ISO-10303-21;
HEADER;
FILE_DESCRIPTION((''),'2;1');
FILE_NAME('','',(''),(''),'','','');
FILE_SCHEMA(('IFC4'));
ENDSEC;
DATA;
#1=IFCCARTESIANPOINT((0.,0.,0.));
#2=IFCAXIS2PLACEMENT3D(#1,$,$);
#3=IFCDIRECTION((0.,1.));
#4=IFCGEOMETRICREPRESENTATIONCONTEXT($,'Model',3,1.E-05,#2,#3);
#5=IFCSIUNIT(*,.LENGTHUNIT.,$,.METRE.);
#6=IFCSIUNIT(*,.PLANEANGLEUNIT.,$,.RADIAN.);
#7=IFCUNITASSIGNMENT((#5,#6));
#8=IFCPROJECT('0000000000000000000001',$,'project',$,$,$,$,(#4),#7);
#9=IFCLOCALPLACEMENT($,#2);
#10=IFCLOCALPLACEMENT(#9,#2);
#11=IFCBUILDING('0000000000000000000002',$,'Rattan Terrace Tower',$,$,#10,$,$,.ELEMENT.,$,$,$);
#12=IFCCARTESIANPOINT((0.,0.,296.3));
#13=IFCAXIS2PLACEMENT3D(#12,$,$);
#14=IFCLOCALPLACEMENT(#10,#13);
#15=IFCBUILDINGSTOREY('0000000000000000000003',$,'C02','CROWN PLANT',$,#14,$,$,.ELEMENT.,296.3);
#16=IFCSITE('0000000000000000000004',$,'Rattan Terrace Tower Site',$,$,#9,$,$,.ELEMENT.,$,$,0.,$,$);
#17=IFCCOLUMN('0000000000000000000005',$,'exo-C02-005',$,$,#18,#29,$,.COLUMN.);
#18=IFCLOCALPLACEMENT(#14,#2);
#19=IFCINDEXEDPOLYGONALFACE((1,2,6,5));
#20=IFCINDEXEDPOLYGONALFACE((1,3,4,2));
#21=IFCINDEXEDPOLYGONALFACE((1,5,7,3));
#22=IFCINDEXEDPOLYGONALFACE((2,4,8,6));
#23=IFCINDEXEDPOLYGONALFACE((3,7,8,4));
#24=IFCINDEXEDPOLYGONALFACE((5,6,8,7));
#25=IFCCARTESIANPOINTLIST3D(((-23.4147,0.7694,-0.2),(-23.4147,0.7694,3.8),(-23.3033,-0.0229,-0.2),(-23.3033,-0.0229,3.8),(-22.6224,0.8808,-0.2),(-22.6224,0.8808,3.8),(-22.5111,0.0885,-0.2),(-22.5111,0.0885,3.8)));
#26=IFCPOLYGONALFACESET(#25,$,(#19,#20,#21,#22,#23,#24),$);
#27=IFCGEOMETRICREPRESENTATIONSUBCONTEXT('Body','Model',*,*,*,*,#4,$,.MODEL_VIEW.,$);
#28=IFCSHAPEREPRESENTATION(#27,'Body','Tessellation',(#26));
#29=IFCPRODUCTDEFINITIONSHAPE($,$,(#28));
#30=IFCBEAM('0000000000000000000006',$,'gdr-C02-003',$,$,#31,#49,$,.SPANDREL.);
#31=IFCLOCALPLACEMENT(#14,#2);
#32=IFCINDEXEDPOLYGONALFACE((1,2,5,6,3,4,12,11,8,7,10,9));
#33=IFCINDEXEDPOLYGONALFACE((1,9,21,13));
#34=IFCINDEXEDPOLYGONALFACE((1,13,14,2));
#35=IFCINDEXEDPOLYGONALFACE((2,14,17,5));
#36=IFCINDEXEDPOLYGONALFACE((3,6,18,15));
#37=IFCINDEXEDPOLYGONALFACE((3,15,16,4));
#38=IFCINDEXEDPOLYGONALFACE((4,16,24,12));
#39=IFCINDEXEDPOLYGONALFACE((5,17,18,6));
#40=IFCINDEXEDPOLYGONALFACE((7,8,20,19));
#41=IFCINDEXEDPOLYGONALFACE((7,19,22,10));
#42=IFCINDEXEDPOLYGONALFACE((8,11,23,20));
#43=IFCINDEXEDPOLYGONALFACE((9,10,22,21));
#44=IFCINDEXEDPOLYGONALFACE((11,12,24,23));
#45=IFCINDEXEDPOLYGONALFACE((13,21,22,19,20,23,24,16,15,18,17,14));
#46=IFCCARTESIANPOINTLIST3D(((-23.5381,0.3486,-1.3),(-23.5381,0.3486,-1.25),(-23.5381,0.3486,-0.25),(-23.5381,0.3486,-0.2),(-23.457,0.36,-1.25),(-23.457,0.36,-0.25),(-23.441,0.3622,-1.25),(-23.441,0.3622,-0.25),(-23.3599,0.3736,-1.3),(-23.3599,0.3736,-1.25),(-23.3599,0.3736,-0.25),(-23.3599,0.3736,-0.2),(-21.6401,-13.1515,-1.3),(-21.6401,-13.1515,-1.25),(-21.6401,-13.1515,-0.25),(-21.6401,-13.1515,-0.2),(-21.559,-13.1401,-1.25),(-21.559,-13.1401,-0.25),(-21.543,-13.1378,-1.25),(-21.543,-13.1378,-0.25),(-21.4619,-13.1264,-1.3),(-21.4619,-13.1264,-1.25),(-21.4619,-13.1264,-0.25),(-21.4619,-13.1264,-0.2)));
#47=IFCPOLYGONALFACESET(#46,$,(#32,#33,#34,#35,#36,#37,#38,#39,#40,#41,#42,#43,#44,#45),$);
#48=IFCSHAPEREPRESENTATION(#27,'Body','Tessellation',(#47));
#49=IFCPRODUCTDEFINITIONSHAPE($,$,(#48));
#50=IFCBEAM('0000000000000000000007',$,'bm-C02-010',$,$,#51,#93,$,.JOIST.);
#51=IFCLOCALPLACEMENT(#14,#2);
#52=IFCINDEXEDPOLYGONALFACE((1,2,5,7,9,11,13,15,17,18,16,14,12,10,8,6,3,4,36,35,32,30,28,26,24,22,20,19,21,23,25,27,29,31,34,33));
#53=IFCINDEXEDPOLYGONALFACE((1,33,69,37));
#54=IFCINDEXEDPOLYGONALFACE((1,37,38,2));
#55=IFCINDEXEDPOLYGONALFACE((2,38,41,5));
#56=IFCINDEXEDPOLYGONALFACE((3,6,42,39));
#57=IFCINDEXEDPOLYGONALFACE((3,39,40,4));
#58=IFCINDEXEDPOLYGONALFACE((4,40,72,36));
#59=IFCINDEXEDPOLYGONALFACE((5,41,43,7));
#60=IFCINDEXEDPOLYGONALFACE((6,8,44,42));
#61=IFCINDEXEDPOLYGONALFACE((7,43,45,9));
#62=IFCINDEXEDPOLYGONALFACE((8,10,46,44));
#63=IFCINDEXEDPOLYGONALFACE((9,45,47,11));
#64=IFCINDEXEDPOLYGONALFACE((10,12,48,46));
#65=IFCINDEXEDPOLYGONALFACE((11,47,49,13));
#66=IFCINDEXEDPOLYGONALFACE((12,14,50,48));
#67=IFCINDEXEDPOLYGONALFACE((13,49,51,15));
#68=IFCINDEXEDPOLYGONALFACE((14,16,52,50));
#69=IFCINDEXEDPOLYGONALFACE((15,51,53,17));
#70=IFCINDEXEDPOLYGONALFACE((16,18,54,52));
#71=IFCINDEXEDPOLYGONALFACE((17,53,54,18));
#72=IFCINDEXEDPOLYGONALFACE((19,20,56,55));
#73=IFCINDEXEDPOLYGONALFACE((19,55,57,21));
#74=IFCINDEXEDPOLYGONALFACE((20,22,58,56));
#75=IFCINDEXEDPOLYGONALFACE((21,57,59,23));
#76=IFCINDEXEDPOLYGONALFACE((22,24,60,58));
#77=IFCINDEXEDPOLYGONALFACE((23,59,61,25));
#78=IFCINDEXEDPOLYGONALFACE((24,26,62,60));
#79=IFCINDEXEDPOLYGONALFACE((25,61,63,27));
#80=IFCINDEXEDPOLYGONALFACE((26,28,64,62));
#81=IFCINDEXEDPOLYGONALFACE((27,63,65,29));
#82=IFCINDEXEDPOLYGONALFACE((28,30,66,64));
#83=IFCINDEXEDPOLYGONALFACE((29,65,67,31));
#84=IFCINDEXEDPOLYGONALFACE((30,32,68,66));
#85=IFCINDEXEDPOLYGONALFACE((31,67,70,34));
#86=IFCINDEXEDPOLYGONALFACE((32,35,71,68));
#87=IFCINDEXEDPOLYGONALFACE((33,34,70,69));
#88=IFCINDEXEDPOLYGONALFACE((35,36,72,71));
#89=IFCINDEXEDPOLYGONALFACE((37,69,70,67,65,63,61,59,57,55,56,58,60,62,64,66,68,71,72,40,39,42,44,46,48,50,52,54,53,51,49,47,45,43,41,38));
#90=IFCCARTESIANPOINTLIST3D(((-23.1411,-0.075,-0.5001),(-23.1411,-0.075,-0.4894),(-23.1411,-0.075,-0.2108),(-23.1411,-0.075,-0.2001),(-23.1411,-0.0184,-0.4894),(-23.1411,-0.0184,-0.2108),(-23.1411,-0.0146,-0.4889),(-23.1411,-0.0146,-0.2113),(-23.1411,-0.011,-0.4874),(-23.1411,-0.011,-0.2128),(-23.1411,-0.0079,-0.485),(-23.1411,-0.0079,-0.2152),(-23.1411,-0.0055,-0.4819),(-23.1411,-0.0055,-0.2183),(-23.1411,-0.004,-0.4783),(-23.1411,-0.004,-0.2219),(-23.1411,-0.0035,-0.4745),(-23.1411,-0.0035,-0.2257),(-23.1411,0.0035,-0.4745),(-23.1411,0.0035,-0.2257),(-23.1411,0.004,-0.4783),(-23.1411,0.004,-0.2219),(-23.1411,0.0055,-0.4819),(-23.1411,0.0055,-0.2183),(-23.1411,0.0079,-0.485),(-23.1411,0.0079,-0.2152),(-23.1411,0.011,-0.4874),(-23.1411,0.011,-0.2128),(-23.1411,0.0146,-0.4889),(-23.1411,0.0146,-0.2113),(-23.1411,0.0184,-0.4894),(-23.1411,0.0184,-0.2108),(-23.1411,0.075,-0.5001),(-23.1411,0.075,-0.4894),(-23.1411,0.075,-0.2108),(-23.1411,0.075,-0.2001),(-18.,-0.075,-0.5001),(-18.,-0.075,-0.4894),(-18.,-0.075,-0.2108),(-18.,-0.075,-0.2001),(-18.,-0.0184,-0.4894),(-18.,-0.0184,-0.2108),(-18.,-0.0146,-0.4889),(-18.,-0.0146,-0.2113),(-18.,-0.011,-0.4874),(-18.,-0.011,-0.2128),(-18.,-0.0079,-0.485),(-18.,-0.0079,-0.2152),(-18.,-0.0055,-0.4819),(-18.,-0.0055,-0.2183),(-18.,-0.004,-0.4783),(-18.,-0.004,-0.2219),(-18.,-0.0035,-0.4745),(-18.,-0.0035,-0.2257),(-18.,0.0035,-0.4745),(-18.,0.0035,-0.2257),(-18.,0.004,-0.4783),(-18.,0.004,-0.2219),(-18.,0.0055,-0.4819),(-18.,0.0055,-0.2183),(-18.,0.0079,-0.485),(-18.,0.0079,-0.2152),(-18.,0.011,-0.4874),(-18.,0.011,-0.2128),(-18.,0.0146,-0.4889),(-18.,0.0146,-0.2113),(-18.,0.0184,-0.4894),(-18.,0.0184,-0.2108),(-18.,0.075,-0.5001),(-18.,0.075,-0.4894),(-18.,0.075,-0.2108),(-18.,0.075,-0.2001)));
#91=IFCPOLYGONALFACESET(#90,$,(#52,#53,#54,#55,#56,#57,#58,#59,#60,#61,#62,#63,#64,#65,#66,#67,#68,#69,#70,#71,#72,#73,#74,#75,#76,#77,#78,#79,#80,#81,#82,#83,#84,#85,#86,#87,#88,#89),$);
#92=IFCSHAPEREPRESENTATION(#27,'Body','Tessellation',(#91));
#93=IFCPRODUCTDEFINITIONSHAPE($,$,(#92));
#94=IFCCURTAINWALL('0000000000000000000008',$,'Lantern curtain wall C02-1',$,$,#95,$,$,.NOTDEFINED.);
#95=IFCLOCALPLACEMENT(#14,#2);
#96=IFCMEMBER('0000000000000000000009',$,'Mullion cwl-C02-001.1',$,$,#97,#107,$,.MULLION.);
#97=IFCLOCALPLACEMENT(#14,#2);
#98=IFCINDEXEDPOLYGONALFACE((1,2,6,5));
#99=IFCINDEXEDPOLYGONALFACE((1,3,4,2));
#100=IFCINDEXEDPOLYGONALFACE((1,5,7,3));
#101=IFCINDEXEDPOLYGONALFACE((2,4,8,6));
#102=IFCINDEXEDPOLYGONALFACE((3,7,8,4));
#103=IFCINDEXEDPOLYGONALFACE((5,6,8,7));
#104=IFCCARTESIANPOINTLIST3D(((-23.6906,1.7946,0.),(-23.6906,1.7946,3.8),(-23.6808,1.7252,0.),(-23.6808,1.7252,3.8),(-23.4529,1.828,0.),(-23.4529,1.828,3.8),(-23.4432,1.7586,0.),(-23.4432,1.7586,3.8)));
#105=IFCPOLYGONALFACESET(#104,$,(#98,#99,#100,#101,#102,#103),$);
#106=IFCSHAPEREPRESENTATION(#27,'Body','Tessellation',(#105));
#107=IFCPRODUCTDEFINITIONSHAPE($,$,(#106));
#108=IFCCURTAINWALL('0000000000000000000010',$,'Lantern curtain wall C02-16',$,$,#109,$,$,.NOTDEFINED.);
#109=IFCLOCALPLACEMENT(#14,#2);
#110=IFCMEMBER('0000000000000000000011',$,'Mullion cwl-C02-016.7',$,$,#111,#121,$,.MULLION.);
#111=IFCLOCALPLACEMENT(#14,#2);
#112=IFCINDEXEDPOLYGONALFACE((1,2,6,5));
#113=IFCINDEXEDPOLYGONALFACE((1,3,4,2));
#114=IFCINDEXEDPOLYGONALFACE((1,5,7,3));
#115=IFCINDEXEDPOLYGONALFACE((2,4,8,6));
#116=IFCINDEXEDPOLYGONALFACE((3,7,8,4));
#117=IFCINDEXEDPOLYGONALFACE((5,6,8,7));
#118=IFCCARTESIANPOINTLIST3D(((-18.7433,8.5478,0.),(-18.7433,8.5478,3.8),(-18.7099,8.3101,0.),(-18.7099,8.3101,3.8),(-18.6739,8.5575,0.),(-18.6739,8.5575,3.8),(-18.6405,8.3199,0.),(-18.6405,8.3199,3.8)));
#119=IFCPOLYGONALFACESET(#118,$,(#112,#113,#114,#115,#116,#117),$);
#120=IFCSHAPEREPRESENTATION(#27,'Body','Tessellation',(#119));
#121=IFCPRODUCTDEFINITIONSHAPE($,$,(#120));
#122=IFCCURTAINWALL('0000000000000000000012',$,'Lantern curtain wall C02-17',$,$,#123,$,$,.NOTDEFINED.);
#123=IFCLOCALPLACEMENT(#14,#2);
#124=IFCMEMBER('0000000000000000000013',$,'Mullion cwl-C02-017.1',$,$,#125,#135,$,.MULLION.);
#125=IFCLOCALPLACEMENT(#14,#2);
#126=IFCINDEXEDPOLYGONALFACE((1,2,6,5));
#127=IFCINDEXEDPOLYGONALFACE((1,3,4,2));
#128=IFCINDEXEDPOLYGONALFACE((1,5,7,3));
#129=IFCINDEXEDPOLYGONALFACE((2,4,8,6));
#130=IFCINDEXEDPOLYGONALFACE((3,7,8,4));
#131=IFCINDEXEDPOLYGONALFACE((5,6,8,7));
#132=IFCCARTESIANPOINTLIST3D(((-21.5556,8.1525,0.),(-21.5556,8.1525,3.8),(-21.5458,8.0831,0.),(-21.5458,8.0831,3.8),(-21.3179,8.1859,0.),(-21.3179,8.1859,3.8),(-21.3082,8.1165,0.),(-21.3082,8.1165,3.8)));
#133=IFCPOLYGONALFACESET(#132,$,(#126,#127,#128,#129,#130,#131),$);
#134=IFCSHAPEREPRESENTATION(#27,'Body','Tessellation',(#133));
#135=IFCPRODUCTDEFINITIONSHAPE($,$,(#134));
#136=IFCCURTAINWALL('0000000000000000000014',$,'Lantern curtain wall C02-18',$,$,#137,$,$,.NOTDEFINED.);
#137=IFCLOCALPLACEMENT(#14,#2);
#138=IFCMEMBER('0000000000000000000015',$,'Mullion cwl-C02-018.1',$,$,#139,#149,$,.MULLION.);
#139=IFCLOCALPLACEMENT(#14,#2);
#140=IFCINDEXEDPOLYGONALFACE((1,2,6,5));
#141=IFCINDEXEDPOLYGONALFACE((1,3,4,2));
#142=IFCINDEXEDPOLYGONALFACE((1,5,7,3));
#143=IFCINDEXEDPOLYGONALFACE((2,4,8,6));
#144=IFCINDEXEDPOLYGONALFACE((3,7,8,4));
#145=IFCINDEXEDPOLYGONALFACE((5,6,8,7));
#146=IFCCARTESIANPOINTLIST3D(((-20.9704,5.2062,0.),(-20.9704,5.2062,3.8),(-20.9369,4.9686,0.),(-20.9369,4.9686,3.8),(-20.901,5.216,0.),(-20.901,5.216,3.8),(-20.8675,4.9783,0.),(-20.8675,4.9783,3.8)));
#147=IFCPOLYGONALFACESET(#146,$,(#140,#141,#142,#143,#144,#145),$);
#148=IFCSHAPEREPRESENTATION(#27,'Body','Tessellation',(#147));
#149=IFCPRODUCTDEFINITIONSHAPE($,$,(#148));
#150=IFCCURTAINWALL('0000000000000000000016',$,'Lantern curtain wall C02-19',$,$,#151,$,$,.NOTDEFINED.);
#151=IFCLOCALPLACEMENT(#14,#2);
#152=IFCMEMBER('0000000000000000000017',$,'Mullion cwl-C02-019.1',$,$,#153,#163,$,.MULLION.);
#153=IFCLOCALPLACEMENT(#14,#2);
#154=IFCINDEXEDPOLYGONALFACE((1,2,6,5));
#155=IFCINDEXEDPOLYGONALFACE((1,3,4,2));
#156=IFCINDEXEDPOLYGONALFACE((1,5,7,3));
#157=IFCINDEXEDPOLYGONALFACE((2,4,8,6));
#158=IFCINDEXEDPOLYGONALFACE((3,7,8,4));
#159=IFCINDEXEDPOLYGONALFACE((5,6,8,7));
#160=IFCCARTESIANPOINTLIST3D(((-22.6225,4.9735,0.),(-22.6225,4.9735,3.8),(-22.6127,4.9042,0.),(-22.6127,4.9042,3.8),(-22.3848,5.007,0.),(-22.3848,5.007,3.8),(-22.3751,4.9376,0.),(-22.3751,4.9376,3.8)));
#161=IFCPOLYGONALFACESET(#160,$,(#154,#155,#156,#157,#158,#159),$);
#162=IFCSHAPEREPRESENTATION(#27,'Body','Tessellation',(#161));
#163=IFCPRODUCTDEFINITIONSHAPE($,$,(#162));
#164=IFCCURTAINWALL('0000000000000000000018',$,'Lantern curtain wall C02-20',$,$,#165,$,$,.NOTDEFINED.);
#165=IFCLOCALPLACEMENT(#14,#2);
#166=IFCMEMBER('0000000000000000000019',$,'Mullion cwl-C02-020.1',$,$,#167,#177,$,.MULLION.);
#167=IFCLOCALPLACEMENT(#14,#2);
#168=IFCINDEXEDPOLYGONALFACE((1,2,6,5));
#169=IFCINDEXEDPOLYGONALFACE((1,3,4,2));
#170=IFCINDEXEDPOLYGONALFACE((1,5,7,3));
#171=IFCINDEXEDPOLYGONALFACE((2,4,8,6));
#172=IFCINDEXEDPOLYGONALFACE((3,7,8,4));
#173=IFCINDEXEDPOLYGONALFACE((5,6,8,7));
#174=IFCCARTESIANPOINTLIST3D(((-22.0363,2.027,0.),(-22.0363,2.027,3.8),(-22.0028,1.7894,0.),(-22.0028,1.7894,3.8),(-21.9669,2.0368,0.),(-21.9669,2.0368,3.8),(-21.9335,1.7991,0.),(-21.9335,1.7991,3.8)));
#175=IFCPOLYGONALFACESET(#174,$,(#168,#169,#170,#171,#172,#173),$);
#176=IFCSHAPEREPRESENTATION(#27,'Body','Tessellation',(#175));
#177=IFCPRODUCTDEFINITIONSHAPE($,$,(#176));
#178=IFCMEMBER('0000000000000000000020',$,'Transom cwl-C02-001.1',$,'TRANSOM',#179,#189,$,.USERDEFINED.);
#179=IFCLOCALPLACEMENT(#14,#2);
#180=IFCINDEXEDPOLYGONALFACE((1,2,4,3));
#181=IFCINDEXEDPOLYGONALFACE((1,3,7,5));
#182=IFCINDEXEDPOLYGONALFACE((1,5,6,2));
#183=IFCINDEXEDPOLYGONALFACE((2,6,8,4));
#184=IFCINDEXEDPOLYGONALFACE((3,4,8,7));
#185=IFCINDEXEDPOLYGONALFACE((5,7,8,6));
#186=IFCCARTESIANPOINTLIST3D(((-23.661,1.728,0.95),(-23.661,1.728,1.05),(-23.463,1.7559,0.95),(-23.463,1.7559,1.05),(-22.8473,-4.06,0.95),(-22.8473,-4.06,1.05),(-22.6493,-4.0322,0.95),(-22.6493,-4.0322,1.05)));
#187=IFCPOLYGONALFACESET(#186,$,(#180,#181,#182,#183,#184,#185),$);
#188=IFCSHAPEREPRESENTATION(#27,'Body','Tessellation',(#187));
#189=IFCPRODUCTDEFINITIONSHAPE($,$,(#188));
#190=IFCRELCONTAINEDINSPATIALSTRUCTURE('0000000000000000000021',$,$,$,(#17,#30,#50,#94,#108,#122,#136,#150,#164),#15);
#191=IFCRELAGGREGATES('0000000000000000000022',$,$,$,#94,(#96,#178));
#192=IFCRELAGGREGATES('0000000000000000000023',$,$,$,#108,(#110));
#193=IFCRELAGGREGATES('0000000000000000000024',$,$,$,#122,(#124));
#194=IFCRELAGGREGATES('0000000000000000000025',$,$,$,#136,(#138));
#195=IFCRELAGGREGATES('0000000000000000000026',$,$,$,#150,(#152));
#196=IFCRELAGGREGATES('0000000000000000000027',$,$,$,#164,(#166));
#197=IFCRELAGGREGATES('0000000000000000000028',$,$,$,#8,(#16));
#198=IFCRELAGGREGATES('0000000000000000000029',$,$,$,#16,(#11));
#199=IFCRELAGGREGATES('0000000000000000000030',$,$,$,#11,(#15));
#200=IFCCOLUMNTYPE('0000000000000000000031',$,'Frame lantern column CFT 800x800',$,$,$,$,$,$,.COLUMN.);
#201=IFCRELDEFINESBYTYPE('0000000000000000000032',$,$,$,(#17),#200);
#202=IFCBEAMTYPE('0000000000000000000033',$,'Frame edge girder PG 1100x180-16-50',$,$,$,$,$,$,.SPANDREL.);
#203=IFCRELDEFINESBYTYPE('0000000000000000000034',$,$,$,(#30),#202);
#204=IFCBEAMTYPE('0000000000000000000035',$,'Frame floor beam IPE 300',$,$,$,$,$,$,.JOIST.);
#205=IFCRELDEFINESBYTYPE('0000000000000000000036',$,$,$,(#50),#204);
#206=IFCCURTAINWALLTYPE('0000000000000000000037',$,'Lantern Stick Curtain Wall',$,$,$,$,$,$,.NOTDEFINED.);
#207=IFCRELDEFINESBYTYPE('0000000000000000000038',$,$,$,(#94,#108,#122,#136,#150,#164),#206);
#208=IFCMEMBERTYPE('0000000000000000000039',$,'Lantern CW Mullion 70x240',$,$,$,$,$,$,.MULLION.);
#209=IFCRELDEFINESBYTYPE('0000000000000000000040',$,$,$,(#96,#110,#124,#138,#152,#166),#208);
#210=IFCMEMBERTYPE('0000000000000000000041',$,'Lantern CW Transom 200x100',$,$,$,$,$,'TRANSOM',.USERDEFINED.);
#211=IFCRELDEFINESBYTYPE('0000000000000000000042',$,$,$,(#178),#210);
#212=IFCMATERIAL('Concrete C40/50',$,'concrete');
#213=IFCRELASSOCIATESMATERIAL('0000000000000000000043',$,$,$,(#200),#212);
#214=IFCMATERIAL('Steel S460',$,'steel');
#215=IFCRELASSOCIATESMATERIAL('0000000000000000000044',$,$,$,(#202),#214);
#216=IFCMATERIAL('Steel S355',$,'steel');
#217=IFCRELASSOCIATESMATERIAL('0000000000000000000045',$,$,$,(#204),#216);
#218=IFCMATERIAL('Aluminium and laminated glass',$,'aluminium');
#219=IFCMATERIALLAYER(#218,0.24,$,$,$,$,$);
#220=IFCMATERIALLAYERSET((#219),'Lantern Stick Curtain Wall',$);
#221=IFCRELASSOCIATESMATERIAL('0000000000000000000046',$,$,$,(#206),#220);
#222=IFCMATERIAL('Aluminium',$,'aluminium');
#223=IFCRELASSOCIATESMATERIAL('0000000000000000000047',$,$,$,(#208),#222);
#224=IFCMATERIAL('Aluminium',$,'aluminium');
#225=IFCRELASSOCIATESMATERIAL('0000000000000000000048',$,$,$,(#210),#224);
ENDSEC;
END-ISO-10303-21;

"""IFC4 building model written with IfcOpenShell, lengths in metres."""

from ifc_helpers import new_model, si_unit, direction, frame, origin, origin_2d, place, context, subcontext, project, spatial, rectangle, i_section, extrude, material, layer, layer_set, material_profile, profile_set, type_object, element, aggregate, save


model = new_model("IFC4")

# Units and contexts
model_context = context("Model", 3, precision=1e-05, world=origin(), true_north=direction((0.0, 1.0)))
body_context = subcontext(model_context, "Body", "Model", "MODEL_VIEW")
ifc_project = project(units=[si_unit("LENGTHUNIT", "METRE"), si_unit("PLANEANGLEUNIT", "RADIAN")], contexts=[model_context])

# Site, building, storey
site_placement = place(None, origin())
site = spatial("IfcSite", under=ifc_project, at=site_placement, Name="Rattan Terrace Tower Site", CompositionType="ELEMENT", RefElevation=0.0)
building_placement = place(site_placement, origin())
building = spatial("IfcBuilding", under=site, at=building_placement, Name="Rattan Terrace Tower", CompositionType="ELEMENT")
storey_placement = place(building_placement, frame((0.0, 0.0, 296.3)))
storey = spatial("IfcBuildingStorey", under=building, at=storey_placement, Name="C02", Description="CROWN PLANT", CompositionType="ELEMENT", Elevation=296.3)

# Column
ifc_material_1 = material(Name="Concrete C40/50", Category="concrete")
ifc_material_profile_1 = material_profile(ifc_material_1, rectangle(XDim=0.8, YDim=0.8, at=origin_2d()), Name="CFT 800x800")
ifc_profile_set_1 = profile_set([ifc_material_profile_1], Name="Concrete C40/50")
column_type = type_object("IfcColumnType", Name="Frame lantern column CFT 800x800", PredefinedType="COLUMN", material=ifc_profile_set_1)
column_placement = place(storey_placement, frame((-22.9629, 0.429, -0.2), z_axis=(0.0, 0.0, 1.0), x_axis=(-0.13919, 0.990266, 0.0)))
element("IfcColumn", 1, at=column_placement, inside=storey, type_object=column_type, Name="exo-C02-005", PredefinedType="COLUMN", context=body_context, shape_type="SweptSolid", body=[
    extrude(rectangle(XDim=0.8, YDim=0.8, at=origin_2d()), origin(), (0.0, 0.0, 1.0), 4.0),
])

# Beams
ifc_material_2 = material(Name="Steel S460", Category="steel")
ifc_material_profile_2 = material_profile(ifc_material_2, i_section(OverallWidth=0.1799, OverallDepth=1.1001, WebThickness=0.0161, FlangeThickness=0.05, at=origin_2d()), Name="PG 1100x180-16-50")
ifc_profile_set_2 = profile_set([ifc_material_profile_2], Name="Steel S460")
beam_type_1 = type_object("IfcBeamType", Name="Frame edge girder PG 1100x180-16-50", PredefinedType="SPANDREL", material=ifc_profile_set_2)
beam_1_placement = place(storey_placement, frame((-23.449, 0.3611, -0.75), z_axis=(0.13922, -0.990262, 0.0), x_axis=(0.990262, 0.13922, 0.0)))
element("IfcBeam", 2, at=beam_1_placement, inside=storey, type_object=beam_type_1, Name="gdr-C02-003", PredefinedType="SPANDREL", context=body_context, shape_type="SweptSolid", body=[
    extrude(i_section(OverallWidth=0.1799, OverallDepth=1.1001, WebThickness=0.0161, FlangeThickness=0.05, at=origin_2d()), origin(), (0.0, 0.0, 1.0), 13.6328),
])
ifc_material_3 = material(Name="Steel S355", Category="steel")
ifc_material_profile_3 = material_profile(ifc_material_3, i_section(OverallWidth=0.1499, OverallDepth=0.3, WebThickness=0.0071, FlangeThickness=0.0107, FilletRadius=0.0149, at=origin_2d()), Name="IPE 300")
ifc_profile_set_3 = profile_set([ifc_material_profile_3], Name="Steel S355")
beam_type_2 = type_object("IfcBeamType", Name="Frame floor beam IPE 300", PredefinedType="JOIST", material=ifc_profile_set_3)
beam_2_placement = place(storey_placement, frame((-23.1411, 0.0, -0.3501), z_axis=(1.0, 0.0, 0.0), x_axis=(0.0, 1.0, 0.0)))
element("IfcBeam", 3, at=beam_2_placement, inside=storey, type_object=beam_type_2, Name="bm-C02-010", PredefinedType="JOIST", context=body_context, shape_type="SweptSolid", body=[
    extrude(i_section(OverallWidth=0.1499, OverallDepth=0.3, WebThickness=0.0071, FlangeThickness=0.0107, FilletRadius=0.0149, at=origin_2d()), origin(), (0.0, 0.0, 1.0), 5.1411),
])

# Curtain walls, members
ifc_material_4 = material(Name="Aluminium and laminated glass", Category="aluminium")
ifc_layer_1 = layer(ifc_material_4, 0.24)
ifc_layer_set_1 = layer_set([ifc_layer_1], Name="Lantern Stick Curtain Wall")
curtain_wall_type = type_object("IfcCurtainWallType", Name="Lantern Stick Curtain Wall", PredefinedType="NOTDEFINED", material=ifc_layer_set_1)
curtain_wall_1_placement = place(storey_placement, origin())
curtain_wall_1 = element("IfcCurtainWall", 4, at=curtain_wall_1_placement, inside=storey, type_object=curtain_wall_type, Name="Lantern curtain wall C02-1", PredefinedType="NOTDEFINED")
ifc_material_5 = material(Name="Aluminium", Category="aluminium")
ifc_material_profile_4 = material_profile(ifc_material_5, rectangle(XDim=0.0701, YDim=0.24, at=origin_2d()), Name="Aluminium 70x240")
ifc_profile_set_4 = profile_set([ifc_material_profile_4], Name="Aluminium")
member_type_1 = type_object("IfcMemberType", Name="Lantern CW Mullion 70x240", PredefinedType="MULLION", material=ifc_profile_set_4)
member_1_placement = place(storey_placement, frame((-23.5669, 1.7766, 0.0), z_axis=(0.0, 0.0, 1.0), x_axis=(0.139188, -0.990266, 0.0)))
member_1 = element("IfcMember", 5, at=member_1_placement, type_object=member_type_1, Name="Mullion cwl-C02-001.1", PredefinedType="MULLION", context=body_context, shape_type="SweptSolid", body=[
    extrude(rectangle(XDim=0.0701, YDim=0.24, at=origin_2d()), origin(), (0.0, 0.0, 1.0), 3.8),
])
curtain_wall_2_placement = place(storey_placement, origin())
curtain_wall_2 = element("IfcCurtainWall", 6, at=curtain_wall_2_placement, inside=storey, type_object=curtain_wall_type, Name="Lantern curtain wall C02-16", PredefinedType="NOTDEFINED")
member_2_placement = place(storey_placement, frame((-18.6919, 8.4338, 0.0), z_axis=(0.0, 0.0, 1.0), x_axis=(-0.990267, -0.139181, 0.0)))
member_2 = element("IfcMember", 7, at=member_2_placement, type_object=member_type_1, Name="Mullion cwl-C02-016.7", PredefinedType="MULLION", context=body_context, shape_type="SweptSolid", body=[
    extrude(rectangle(XDim=0.0701, YDim=0.24, at=origin_2d()), origin(), (0.0, 0.0, 1.0), 3.8),
])
curtain_wall_3_placement = place(storey_placement, origin())
curtain_wall_3 = element("IfcCurtainWall", 8, at=curtain_wall_3_placement, inside=storey, type_object=curtain_wall_type, Name="Lantern curtain wall C02-17", PredefinedType="NOTDEFINED")
member_3_placement = place(storey_placement, frame((-21.4319, 8.1345, 0.0), z_axis=(0.0, 0.0, 1.0), x_axis=(0.13904, -0.990287, 0.0)))
member_3 = element("IfcMember", 9, at=member_3_placement, type_object=member_type_1, Name="Mullion cwl-C02-017.1", PredefinedType="MULLION", context=body_context, shape_type="SweptSolid", body=[
    extrude(rectangle(XDim=0.0701, YDim=0.24, at=origin_2d()), origin(), (0.0, 0.0, 1.0), 3.8),
])
curtain_wall_4_placement = place(storey_placement, origin())
curtain_wall_4 = element("IfcCurtainWall", 10, at=curtain_wall_4_placement, inside=storey, type_object=curtain_wall_type, Name="Lantern curtain wall C02-18", PredefinedType="NOTDEFINED")
member_4_placement = place(storey_placement, frame((-20.9189, 5.0923, 0.0), z_axis=(0.0, 0.0, 1.0), x_axis=(-0.990228, -0.139459, 0.0)))
member_4 = element("IfcMember", 11, at=member_4_placement, type_object=member_type_1, Name="Mullion cwl-C02-018.1", PredefinedType="MULLION", context=body_context, shape_type="SweptSolid", body=[
    extrude(rectangle(XDim=0.0701, YDim=0.24, at=origin_2d()), origin(), (0.0, 0.0, 1.0), 3.8),
])
curtain_wall_5_placement = place(storey_placement, origin())
curtain_wall_5 = element("IfcCurtainWall", 12, at=curtain_wall_5_placement, inside=storey, type_object=curtain_wall_type, Name="Lantern curtain wall C02-19", PredefinedType="NOTDEFINED")
member_5_placement = place(storey_placement, frame((-22.4988, 4.9556, 0.0), z_axis=(0.0, 0.0, 1.0), x_axis=(0.139367, -0.990241, 0.0)))
member_5 = element("IfcMember", 13, at=member_5_placement, type_object=member_type_1, Name="Mullion cwl-C02-019.1", PredefinedType="MULLION", context=body_context, shape_type="SweptSolid", body=[
    extrude(rectangle(XDim=0.0701, YDim=0.24, at=origin_2d()), origin(), (0.0, 0.0, 1.0), 3.8),
])
curtain_wall_6_placement = place(storey_placement, origin())
curtain_wall_6 = element("IfcCurtainWall", 14, at=curtain_wall_6_placement, inside=storey, type_object=curtain_wall_type, Name="Lantern curtain wall C02-20", PredefinedType="NOTDEFINED")
member_6_placement = place(storey_placement, frame((-21.9849, 1.9131, 0.0), z_axis=(0.0, 0.0, 1.0), x_axis=(-0.990254, -0.139275, 0.0)))
member_6 = element("IfcMember", 15, at=member_6_placement, type_object=member_type_1, Name="Mullion cwl-C02-020.1", PredefinedType="MULLION", context=body_context, shape_type="SweptSolid", body=[
    extrude(rectangle(XDim=0.0701, YDim=0.24, at=origin_2d()), origin(), (0.0, 0.0, 1.0), 3.8),
])

# Member
ifc_material_6 = material(Name="Aluminium", Category="aluminium")
ifc_material_profile_5 = material_profile(ifc_material_6, rectangle(XDim=0.2, YDim=0.1001, at=origin_2d()), Name="Aluminium 200x100")
ifc_profile_set_5 = profile_set([ifc_material_profile_5], Name="Aluminium")
member_type_2 = type_object("IfcMemberType", Name="Lantern CW Transom 200x100", ElementType="TRANSOM", PredefinedType="USERDEFINED", material=ifc_profile_set_5)
member_7_placement = place(storey_placement, frame((-23.562, 1.7419, 1.0), z_axis=(0.139216, -0.990262, 0.0), x_axis=(0.990262, 0.139216, 0.0)))
member_7 = element("IfcMember", 16, at=member_7_placement, type_object=member_type_2, Name="Transom cwl-C02-001.1", ObjectType="TRANSOM", PredefinedType="USERDEFINED", context=body_context, shape_type="SweptSolid", body=[
    extrude(rectangle(XDim=0.2, YDim=0.1001, at=origin_2d()), origin(), (0.0, 0.0, 1.0), 5.845),
])

aggregate(curtain_wall_1, [member_1, member_7])
aggregate(curtain_wall_2, [member_2])
aggregate(curtain_wall_3, [member_3])
aggregate(curtain_wall_4, [member_4])
aggregate(curtain_wall_5, [member_5])
aggregate(curtain_wall_6, [member_6])

save(model, "model.ifc")
